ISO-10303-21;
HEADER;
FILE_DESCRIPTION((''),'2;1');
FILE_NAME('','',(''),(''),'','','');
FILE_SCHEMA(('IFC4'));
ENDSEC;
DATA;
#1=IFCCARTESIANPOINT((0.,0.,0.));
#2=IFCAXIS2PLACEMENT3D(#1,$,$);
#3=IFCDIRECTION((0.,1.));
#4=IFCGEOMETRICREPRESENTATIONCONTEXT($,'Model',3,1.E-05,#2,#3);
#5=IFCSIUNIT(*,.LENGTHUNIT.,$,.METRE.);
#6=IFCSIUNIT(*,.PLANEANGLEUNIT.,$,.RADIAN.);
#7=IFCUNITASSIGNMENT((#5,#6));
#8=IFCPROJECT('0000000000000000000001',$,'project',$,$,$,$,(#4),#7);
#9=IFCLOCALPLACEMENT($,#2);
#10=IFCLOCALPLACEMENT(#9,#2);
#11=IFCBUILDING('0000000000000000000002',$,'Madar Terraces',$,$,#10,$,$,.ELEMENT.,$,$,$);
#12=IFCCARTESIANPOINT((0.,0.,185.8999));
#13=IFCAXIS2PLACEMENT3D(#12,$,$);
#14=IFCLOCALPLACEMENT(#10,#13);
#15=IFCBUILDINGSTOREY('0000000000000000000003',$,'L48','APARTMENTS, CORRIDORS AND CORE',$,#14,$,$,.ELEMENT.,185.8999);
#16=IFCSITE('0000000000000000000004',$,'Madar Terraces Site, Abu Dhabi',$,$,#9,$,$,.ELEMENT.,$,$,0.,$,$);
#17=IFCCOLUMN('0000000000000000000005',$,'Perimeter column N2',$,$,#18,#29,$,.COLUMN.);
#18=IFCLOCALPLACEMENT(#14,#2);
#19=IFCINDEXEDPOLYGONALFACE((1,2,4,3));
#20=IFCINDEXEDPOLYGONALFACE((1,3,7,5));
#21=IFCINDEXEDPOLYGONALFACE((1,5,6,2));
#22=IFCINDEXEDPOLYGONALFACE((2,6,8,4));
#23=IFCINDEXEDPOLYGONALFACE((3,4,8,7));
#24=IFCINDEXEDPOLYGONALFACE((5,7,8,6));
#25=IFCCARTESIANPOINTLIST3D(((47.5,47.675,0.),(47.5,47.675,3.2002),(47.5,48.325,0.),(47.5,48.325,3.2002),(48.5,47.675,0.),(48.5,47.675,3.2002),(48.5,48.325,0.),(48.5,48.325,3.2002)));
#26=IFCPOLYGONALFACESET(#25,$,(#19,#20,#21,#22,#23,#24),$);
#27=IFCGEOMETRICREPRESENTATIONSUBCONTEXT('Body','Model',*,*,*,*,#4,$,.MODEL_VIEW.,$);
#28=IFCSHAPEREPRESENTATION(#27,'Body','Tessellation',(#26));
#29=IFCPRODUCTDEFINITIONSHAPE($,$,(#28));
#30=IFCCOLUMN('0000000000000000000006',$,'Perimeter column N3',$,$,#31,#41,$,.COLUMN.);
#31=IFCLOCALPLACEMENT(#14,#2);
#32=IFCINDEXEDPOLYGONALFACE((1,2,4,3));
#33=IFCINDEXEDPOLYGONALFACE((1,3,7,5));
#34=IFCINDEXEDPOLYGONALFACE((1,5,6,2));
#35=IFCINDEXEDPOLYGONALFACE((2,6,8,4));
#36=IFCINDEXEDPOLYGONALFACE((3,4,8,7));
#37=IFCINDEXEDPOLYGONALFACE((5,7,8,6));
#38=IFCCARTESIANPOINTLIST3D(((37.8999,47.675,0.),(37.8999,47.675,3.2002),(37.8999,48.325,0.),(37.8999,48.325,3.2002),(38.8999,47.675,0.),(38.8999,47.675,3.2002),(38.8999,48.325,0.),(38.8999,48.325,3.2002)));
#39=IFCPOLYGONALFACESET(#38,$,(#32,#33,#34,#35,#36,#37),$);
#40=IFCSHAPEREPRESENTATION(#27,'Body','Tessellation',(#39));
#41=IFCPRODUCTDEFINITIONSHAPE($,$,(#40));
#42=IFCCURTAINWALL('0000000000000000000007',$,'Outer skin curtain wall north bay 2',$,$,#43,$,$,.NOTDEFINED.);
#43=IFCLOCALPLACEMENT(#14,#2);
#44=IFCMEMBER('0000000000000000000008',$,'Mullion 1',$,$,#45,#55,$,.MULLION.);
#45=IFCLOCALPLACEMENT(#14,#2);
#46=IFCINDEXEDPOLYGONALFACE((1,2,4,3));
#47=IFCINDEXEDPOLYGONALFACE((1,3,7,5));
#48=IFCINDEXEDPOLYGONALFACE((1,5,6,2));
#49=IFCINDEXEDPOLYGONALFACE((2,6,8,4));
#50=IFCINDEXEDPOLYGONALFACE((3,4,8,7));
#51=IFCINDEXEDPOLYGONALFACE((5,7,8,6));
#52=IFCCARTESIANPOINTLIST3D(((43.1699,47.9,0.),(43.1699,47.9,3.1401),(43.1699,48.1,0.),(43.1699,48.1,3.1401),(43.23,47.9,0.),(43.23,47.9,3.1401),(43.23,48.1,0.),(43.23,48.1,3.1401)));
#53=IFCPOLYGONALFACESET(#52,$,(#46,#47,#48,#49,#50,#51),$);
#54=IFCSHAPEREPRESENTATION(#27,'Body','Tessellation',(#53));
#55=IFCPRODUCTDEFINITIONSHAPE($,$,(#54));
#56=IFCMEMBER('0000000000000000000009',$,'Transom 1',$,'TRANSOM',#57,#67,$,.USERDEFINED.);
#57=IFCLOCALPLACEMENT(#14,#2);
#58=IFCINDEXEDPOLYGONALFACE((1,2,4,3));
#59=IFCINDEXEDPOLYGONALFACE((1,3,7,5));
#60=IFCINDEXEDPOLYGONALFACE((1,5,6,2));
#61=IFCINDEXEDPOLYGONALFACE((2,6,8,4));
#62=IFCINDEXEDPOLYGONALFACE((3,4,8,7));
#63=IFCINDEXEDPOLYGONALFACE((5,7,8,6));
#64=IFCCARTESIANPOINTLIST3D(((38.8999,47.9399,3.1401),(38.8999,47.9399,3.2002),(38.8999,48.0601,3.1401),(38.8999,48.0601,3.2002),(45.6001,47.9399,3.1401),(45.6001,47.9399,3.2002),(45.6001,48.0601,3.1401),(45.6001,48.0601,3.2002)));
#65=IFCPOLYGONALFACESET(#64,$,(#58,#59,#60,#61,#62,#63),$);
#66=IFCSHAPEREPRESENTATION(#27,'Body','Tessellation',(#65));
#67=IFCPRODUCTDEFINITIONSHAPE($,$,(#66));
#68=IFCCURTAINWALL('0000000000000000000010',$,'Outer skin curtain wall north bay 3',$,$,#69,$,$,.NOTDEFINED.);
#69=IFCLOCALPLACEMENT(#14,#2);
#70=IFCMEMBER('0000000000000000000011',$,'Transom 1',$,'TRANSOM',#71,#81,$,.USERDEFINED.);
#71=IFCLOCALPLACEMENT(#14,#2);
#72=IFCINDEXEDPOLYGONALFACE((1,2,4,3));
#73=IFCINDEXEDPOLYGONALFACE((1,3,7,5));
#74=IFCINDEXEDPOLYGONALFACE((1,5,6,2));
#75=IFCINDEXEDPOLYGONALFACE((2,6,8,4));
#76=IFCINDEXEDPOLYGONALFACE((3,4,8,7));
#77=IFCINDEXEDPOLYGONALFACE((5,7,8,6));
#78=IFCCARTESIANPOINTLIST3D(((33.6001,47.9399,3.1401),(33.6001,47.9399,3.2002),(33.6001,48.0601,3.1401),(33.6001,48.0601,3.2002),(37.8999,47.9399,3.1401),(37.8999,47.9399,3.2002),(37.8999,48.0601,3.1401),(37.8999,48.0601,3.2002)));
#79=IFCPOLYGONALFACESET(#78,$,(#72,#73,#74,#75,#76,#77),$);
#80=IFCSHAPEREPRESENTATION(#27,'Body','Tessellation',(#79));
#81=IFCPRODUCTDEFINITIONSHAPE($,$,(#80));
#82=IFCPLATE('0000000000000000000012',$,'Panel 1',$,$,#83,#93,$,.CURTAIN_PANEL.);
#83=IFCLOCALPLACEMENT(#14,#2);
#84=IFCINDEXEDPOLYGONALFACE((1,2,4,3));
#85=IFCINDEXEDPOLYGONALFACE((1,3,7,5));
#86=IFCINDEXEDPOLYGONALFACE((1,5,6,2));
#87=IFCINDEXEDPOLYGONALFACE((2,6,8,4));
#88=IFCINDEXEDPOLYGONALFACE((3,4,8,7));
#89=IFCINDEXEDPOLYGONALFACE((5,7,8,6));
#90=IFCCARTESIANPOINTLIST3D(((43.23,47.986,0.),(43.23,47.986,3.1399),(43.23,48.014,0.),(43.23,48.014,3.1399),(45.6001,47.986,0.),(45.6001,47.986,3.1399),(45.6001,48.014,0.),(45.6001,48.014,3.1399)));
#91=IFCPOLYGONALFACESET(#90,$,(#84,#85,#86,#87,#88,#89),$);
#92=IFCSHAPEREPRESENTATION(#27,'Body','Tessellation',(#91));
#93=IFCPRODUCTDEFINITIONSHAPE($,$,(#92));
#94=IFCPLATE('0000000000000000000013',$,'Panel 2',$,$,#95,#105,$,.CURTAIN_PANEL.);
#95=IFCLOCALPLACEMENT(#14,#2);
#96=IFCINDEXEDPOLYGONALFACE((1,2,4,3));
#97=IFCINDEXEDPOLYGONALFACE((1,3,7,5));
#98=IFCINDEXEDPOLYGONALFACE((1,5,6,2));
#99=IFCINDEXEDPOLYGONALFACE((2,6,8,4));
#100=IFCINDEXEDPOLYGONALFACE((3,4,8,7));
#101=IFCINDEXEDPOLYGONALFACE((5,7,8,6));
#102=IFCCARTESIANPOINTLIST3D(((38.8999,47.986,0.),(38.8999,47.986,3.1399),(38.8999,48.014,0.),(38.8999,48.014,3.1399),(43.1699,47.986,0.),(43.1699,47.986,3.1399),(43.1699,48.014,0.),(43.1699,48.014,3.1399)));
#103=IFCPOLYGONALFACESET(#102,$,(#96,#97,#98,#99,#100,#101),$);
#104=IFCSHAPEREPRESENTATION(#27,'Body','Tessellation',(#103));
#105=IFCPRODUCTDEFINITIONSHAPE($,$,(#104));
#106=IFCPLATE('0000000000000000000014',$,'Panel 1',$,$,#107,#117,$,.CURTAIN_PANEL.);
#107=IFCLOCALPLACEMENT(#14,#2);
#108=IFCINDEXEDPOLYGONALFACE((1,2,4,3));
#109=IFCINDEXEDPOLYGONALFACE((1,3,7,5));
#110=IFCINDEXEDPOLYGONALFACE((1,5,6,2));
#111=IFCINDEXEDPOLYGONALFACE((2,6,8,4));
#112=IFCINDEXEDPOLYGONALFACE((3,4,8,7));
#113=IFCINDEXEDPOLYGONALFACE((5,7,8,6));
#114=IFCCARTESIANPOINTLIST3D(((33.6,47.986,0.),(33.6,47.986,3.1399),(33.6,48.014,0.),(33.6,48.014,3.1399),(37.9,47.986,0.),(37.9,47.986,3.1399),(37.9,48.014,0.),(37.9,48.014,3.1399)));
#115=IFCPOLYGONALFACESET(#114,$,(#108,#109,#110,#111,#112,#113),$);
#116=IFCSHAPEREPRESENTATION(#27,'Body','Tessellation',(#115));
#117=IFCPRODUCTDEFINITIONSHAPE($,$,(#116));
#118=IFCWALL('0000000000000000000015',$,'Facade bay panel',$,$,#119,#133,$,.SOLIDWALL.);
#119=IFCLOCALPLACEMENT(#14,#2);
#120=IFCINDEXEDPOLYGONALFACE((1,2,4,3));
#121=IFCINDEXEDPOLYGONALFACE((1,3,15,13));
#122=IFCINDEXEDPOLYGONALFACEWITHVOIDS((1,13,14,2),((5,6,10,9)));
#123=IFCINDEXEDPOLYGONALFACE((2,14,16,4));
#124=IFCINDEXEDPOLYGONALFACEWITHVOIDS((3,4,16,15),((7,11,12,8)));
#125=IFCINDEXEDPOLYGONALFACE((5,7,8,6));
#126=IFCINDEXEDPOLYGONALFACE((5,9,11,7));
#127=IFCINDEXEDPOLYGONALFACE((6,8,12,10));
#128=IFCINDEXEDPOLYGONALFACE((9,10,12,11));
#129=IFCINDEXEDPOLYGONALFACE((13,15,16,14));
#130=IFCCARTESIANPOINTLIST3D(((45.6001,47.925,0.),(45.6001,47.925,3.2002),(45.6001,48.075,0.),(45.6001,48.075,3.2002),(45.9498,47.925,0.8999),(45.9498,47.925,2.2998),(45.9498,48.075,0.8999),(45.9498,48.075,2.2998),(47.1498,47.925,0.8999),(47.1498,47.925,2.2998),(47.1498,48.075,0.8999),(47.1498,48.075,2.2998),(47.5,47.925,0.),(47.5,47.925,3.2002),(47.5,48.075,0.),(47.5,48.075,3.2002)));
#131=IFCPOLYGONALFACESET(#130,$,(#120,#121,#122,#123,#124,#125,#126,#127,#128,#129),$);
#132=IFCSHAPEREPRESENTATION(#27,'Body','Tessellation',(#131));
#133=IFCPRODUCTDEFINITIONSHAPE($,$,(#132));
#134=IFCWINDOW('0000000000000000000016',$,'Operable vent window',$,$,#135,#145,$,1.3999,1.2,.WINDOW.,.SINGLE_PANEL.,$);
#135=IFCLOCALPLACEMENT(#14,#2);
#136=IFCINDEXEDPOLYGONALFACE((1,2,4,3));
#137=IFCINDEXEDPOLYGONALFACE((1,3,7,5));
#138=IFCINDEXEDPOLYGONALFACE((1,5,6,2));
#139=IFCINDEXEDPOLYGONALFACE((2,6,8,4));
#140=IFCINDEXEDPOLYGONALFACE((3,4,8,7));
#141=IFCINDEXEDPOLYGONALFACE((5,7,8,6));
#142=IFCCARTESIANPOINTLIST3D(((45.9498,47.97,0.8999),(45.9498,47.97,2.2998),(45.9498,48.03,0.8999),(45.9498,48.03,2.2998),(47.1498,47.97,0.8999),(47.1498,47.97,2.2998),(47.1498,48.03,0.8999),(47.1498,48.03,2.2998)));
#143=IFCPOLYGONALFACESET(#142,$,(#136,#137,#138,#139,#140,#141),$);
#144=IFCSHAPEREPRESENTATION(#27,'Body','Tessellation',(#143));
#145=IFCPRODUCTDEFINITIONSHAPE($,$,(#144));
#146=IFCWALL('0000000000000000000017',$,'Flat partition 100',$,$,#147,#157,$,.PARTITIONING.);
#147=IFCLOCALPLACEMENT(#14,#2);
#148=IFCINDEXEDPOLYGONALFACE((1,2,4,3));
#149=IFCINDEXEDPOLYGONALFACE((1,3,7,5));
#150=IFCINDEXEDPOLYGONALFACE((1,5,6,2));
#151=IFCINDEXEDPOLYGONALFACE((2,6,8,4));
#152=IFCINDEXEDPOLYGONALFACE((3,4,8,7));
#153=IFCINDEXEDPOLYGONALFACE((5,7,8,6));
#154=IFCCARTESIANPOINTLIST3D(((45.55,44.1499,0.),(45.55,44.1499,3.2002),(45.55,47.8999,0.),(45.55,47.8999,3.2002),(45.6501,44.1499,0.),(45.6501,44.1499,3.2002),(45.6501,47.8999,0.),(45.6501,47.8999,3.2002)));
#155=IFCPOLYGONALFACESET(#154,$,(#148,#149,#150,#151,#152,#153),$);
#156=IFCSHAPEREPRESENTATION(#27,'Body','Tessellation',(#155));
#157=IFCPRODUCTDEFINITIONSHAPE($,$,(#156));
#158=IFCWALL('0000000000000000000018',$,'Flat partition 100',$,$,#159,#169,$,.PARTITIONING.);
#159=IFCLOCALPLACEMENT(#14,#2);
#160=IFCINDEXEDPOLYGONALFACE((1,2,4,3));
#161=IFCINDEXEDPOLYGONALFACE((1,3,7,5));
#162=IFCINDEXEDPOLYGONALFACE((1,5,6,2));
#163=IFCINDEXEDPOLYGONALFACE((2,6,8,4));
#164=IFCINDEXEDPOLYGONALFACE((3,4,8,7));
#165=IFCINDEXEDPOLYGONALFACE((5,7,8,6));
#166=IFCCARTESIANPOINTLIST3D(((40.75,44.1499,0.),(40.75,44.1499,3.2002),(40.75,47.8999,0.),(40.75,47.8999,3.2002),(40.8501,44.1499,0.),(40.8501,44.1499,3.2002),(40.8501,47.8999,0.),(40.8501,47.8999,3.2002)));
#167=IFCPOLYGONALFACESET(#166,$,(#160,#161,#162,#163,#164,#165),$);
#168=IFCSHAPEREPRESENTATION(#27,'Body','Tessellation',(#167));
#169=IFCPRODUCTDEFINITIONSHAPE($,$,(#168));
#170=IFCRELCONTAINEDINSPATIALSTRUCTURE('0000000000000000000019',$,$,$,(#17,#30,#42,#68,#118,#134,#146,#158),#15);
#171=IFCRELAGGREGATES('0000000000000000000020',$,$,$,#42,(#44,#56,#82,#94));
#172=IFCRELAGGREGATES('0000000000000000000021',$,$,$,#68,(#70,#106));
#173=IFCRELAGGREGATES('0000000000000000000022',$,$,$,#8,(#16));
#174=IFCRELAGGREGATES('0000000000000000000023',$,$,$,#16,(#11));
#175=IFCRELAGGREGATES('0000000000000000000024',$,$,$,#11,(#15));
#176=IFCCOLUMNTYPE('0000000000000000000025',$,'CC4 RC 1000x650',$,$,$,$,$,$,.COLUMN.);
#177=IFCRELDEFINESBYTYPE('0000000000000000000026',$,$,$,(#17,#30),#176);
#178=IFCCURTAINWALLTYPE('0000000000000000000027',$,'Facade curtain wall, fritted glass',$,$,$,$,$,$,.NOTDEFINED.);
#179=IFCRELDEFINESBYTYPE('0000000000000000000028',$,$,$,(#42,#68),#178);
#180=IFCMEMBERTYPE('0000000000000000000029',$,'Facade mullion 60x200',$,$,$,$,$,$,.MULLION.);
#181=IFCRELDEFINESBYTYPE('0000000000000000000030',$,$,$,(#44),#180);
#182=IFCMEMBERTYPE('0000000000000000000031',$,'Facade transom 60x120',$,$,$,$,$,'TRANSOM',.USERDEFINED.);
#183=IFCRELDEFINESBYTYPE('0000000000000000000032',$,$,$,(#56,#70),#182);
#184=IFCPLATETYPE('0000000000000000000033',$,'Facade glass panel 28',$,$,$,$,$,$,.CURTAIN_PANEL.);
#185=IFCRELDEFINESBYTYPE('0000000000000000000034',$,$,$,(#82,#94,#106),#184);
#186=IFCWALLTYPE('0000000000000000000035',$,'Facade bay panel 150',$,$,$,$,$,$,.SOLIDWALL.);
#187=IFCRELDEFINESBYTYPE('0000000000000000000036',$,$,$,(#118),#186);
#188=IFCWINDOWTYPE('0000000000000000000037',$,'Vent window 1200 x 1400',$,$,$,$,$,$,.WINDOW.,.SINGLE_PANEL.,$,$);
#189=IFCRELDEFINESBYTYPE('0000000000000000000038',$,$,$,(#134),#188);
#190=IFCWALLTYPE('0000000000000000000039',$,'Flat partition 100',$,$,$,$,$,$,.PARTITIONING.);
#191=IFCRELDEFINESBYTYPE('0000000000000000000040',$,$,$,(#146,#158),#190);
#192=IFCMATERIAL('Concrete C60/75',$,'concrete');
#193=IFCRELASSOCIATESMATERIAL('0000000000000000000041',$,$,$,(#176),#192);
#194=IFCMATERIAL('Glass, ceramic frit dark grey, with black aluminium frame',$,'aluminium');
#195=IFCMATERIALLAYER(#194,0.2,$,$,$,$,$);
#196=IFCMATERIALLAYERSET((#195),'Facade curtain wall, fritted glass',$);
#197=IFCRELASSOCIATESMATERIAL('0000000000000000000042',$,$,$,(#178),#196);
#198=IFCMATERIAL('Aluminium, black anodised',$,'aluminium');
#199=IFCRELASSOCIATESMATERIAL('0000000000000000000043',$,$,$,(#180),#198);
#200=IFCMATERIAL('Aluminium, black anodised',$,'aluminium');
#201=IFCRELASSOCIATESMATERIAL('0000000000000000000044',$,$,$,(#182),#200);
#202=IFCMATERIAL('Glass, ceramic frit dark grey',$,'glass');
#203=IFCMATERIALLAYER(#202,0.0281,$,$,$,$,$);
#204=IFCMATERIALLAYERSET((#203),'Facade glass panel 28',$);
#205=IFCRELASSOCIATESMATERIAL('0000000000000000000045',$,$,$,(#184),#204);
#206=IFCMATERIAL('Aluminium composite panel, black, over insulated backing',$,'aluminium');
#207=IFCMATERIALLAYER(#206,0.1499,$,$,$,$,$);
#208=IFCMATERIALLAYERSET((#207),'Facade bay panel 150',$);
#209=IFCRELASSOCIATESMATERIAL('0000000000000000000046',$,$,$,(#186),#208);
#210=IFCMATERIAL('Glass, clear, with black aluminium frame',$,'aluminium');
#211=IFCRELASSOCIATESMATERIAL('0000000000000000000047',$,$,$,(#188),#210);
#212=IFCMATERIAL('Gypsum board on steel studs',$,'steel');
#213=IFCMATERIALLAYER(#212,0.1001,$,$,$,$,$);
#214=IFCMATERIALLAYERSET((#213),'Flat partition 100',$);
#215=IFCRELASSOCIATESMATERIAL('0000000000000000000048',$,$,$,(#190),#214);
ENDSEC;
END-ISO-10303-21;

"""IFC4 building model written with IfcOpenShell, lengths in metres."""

from ifc_helpers import new_model, si_unit, direction, frame, frame_2d, origin, origin_2d, place, context, subcontext, project, spatial, rectangle, extrude, material, layer, layer_set, material_profile, profile_set, type_object, element, fill, aggregate, save


model = new_model("IFC4")

# Units and contexts
model_context = context("Model", 3, precision=1e-05, world=origin(), true_north=direction((0.0, 1.0)))
body_context = subcontext(model_context, "Body", "Model", "MODEL_VIEW")
ifc_project = project(units=[si_unit("LENGTHUNIT", "METRE"), si_unit("PLANEANGLEUNIT", "RADIAN")], contexts=[model_context])

# Site, building, storey
site_placement = place(None, origin())
site = spatial("IfcSite", under=ifc_project, at=site_placement, Name="Madar Terraces Site, Abu Dhabi", CompositionType="ELEMENT", RefElevation=0.0)
building_placement = place(site_placement, origin())
building = spatial("IfcBuilding", under=site, at=building_placement, Name="Madar Terraces", CompositionType="ELEMENT")
storey_placement = place(building_placement, frame((0.0, 0.0, 185.8999)))
storey = spatial("IfcBuildingStorey", under=building, at=storey_placement, Name="L48", Description="APARTMENTS, CORRIDORS AND CORE", CompositionType="ELEMENT", Elevation=185.8999)

# Columns
ifc_material_1 = material(Name="Concrete C60/75", Category="concrete")
ifc_material_profile_1 = material_profile(ifc_material_1, rectangle(XDim=1.0, YDim=0.6499, at=origin_2d()), Name="CC4 RC 1000x650")
ifc_profile_set_1 = profile_set([ifc_material_profile_1], Name="Concrete C60/75")
column_type = type_object("IfcColumnType", Name="CC4 RC 1000x650", PredefinedType="COLUMN", material=ifc_profile_set_1)
for number, where, z_axis, x_axis, name in (
    (1, (48.0, 48.0, 0.0), (0.0, 0.0, 1.0), (1.0, 0.0, 0.0), "Perimeter column N2"),
    (2, (38.3999, 48.0, 0.0), (0.0, 0.0, 1.0), (1.0, 0.0, 0.0), "Perimeter column N3"),
):
    element("IfcColumn", number, at=place(storey_placement, frame(where, z_axis=z_axis, x_axis=x_axis)), inside=storey, type_object=column_type, Name=name, PredefinedType="COLUMN", context=body_context, shape_type="SweptSolid", body=[
        extrude(rectangle(XDim=1.0, YDim=0.6499, at=origin_2d()), origin(), (0.0, 0.0, 1.0), 3.2002),
    ])

# Curtain wall, members
ifc_material_2 = material(Name="Glass, ceramic frit dark grey, with black aluminium frame", Category="aluminium")
ifc_layer_1 = layer(ifc_material_2, 0.2)
ifc_layer_set_1 = layer_set([ifc_layer_1], Name="Facade curtain wall, fritted glass")
curtain_wall_type = type_object("IfcCurtainWallType", Name="Facade curtain wall, fritted glass", PredefinedType="NOTDEFINED", material=ifc_layer_set_1)
curtain_wall_1_placement = place(storey_placement, origin())
curtain_wall_1 = element("IfcCurtainWall", 3, at=curtain_wall_1_placement, inside=storey, type_object=curtain_wall_type, Name="Outer skin curtain wall north bay 2", PredefinedType="NOTDEFINED")
ifc_material_3 = material(Name="Aluminium, black anodised", Category="aluminium")
ifc_material_profile_2 = material_profile(ifc_material_3, rectangle(XDim=0.2, YDim=0.0601, at=origin_2d()), Name="Facade mullion 60x200")
ifc_profile_set_2 = profile_set([ifc_material_profile_2], Name="Aluminium, black anodised")
member_type_1 = type_object("IfcMemberType", Name="Facade mullion 60x200", PredefinedType="MULLION", material=ifc_profile_set_2)
member_1_placement = place(storey_placement, frame((43.2, 48.0, 0.0), z_axis=(0.0, 0.0, 1.0), x_axis=(0.0, -1.0, 0.0)))
member_1 = element("IfcMember", 4, at=member_1_placement, type_object=member_type_1, Name="Mullion 1", PredefinedType="MULLION", context=body_context, shape_type="SweptSolid", body=[
    extrude(rectangle(XDim=0.2, YDim=0.0601, at=origin_2d()), origin(), (0.0, 0.0, 1.0), 3.1401),
])
ifc_material_4 = material(Name="Aluminium, black anodised", Category="aluminium")
ifc_material_profile_3 = material_profile(ifc_material_4, rectangle(XDim=0.1201, YDim=0.0601, at=origin_2d()), Name="Facade transom 60x120")
ifc_profile_set_3 = profile_set([ifc_material_profile_3], Name="Aluminium, black anodised")
member_type_2 = type_object("IfcMemberType", Name="Facade transom 60x120", ElementType="TRANSOM", PredefinedType="USERDEFINED", material=ifc_profile_set_3)
member_2_placement = place(storey_placement, frame((45.6001, 48.0, 3.1702), z_axis=(-1.0, 0.0, 0.0), x_axis=(0.0, -1.0, 0.0)))
member_2 = element("IfcMember", 5, at=member_2_placement, type_object=member_type_2, Name="Transom 1", ObjectType="TRANSOM", PredefinedType="USERDEFINED", context=body_context, shape_type="SweptSolid", body=[
    extrude(rectangle(XDim=0.1201, YDim=0.0601, at=origin_2d()), origin(), (0.0, 0.0, 1.0), 6.7002),
])

# Curtain wall, member
curtain_wall_2_placement = place(storey_placement, origin())
curtain_wall_2 = element("IfcCurtainWall", 6, at=curtain_wall_2_placement, inside=storey, type_object=curtain_wall_type, Name="Outer skin curtain wall north bay 3", PredefinedType="NOTDEFINED")
member_3_placement = place(storey_placement, frame((37.8999, 48.0, 3.1702), z_axis=(-1.0, 0.0, 0.0), x_axis=(0.0, -1.0, 0.0)))
member_3 = element("IfcMember", 7, at=member_3_placement, type_object=member_type_2, Name="Transom 1", ObjectType="TRANSOM", PredefinedType="USERDEFINED", context=body_context, shape_type="SweptSolid", body=[
    extrude(rectangle(XDim=0.1201, YDim=0.0601, at=origin_2d()), origin(), (0.0, 0.0, 1.0), 4.2998),
])

# Plates
ifc_material_5 = material(Name="Glass, ceramic frit dark grey", Category="glass")
ifc_layer_2 = layer(ifc_material_5, 0.0281)
ifc_layer_set_2 = layer_set([ifc_layer_2], Name="Facade glass panel 28")
plate_type = type_object("IfcPlateType", Name="Facade glass panel 28", PredefinedType="CURTAIN_PANEL", material=ifc_layer_set_2)
plate_1_placement = place(storey_placement, frame((44.415, 48.0, 0.0), z_axis=(0.0, 0.0, 1.0), x_axis=(-1.0, 0.0, 0.0)))
plate_1 = element("IfcPlate", 8, at=plate_1_placement, type_object=plate_type, Name="Panel 1", PredefinedType="CURTAIN_PANEL", context=body_context, shape_type="SweptSolid", body=[
    extrude(rectangle(XDim=2.3701, YDim=0.0281, at=origin_2d()), origin(), (0.0, 0.0, 1.0), 3.1399),
])
plate_2_placement = place(storey_placement, frame((41.0349, 48.0, 0.0), z_axis=(0.0, 0.0, 1.0), x_axis=(-1.0, 0.0, 0.0)))
plate_2 = element("IfcPlate", 9, at=plate_2_placement, type_object=plate_type, Name="Panel 2", PredefinedType="CURTAIN_PANEL", context=body_context, shape_type="SweptSolid", body=[
    extrude(rectangle(XDim=4.27, YDim=0.0281, at=origin_2d()), origin(), (0.0, 0.0, 1.0), 3.1399),
])
aggregate(curtain_wall_1, [member_1, member_2, plate_1, plate_2])
plate_3_placement = place(storey_placement, frame((35.75, 48.0, 0.0), z_axis=(0.0, 0.0, 1.0), x_axis=(-1.0, 0.0, 0.0)))
plate_3 = element("IfcPlate", 10, at=plate_3_placement, type_object=plate_type, Name="Panel 1", PredefinedType="CURTAIN_PANEL", context=body_context, shape_type="SweptSolid", body=[
    extrude(rectangle(XDim=4.3, YDim=0.0281, at=origin_2d()), origin(), (0.0, 0.0, 1.0), 3.1399),
])
aggregate(curtain_wall_2, [member_3, plate_3])

# Wall, opening, window
ifc_material_6 = material(Name="Aluminium composite panel, black, over insulated backing", Category="aluminium")
ifc_layer_3 = layer(ifc_material_6, 0.1499)
ifc_layer_set_3 = layer_set([ifc_layer_3], Name="Facade bay panel 150")
wall_type_1 = type_object("IfcWallType", Name="Facade bay panel 150", PredefinedType="SOLIDWALL", material=ifc_layer_set_3)
wall_1_placement = place(storey_placement, frame((47.5, 48.0, 0.0), z_axis=(0.0, 0.0, 1.0), x_axis=(-1.0, 0.0, 0.0)))
wall_1 = element("IfcWall", 11, at=wall_1_placement, inside=storey, type_object=wall_type_1, Name="Facade bay panel", PredefinedType="SOLIDWALL", context=body_context, shape_type="SweptSolid", body=[
    extrude(rectangle(XDim=1.8999, YDim=0.1499, at=frame_2d((0.95, 0.0))), origin(), (0.0, 0.0, 1.0), 3.2002),
])
opening_1_placement = place(wall_1_placement, frame((0.3501, 0.0, 0.8999)))
opening_1 = element("IfcOpeningElement", 12, at=opening_1_placement, cuts=wall_1, PredefinedType="OPENING", context=body_context, shape_type="SweptSolid", body=[
    extrude(rectangle(XDim=1.2, YDim=1.3999, at=frame_2d((0.6001, 0.7))), frame((0.0, 0.085, 0.0), z_axis=(0.0, -1.0, 0.0), x_axis=(1.0, 0.0, 0.0)), (0.0, 0.0, 1.0), 0.1699),
])
ifc_material_7 = material(Name="Glass, clear, with black aluminium frame", Category="aluminium")
window_type = type_object("IfcWindowType", Name="Vent window 1200 x 1400", PartitioningType="SINGLE_PANEL", PredefinedType="WINDOW", material=ifc_material_7)
window_placement = place(opening_1_placement, origin())
window = element("IfcWindow", 13, at=window_placement, inside=storey, type_object=window_type, Name="Operable vent window", OverallHeight=1.3999, OverallWidth=1.2, PartitioningType="SINGLE_PANEL", PredefinedType="WINDOW", context=body_context, shape_type="SweptSolid", body=[
    extrude(rectangle(XDim=1.2, YDim=1.3999, at=frame_2d((0.6001, 0.7))), frame((0.0, 0.03, 0.0), z_axis=(0.0, -1.0, 0.0), x_axis=(1.0, 0.0, 0.0)), (0.0, 0.0, 1.0), 0.0601),
])
fill(opening_1, window)

# Walls
ifc_material_8 = material(Name="Gypsum board on steel studs", Category="steel")
ifc_layer_4 = layer(ifc_material_8, 0.1001)
ifc_layer_set_4 = layer_set([ifc_layer_4], Name="Flat partition 100")
wall_type_2 = type_object("IfcWallType", Name="Flat partition 100", PredefinedType="PARTITIONING", material=ifc_layer_set_4)
for number, where, z_axis, x_axis, name in (
    (14, (45.6001, 44.1499, 0.0), (0.0, 0.0, 1.0), (0.0, 1.0, 0.0), "Flat partition 100"),
    (15, (40.8, 44.1499, 0.0), (0.0, 0.0, 1.0), (0.0, 1.0, 0.0), "Flat partition 100"),
):
    element("IfcWall", number, at=place(storey_placement, frame(where, z_axis=z_axis, x_axis=x_axis)), inside=storey, type_object=wall_type_2, Name=name, PredefinedType="PARTITIONING", context=body_context, shape_type="SweptSolid", body=[
        extrude(rectangle(XDim=3.75, YDim=0.1001, at=frame_2d((1.875, 0.0))), origin(), (0.0, 0.0, 1.0), 3.2002),
    ])

save(model, "model.ifc")
